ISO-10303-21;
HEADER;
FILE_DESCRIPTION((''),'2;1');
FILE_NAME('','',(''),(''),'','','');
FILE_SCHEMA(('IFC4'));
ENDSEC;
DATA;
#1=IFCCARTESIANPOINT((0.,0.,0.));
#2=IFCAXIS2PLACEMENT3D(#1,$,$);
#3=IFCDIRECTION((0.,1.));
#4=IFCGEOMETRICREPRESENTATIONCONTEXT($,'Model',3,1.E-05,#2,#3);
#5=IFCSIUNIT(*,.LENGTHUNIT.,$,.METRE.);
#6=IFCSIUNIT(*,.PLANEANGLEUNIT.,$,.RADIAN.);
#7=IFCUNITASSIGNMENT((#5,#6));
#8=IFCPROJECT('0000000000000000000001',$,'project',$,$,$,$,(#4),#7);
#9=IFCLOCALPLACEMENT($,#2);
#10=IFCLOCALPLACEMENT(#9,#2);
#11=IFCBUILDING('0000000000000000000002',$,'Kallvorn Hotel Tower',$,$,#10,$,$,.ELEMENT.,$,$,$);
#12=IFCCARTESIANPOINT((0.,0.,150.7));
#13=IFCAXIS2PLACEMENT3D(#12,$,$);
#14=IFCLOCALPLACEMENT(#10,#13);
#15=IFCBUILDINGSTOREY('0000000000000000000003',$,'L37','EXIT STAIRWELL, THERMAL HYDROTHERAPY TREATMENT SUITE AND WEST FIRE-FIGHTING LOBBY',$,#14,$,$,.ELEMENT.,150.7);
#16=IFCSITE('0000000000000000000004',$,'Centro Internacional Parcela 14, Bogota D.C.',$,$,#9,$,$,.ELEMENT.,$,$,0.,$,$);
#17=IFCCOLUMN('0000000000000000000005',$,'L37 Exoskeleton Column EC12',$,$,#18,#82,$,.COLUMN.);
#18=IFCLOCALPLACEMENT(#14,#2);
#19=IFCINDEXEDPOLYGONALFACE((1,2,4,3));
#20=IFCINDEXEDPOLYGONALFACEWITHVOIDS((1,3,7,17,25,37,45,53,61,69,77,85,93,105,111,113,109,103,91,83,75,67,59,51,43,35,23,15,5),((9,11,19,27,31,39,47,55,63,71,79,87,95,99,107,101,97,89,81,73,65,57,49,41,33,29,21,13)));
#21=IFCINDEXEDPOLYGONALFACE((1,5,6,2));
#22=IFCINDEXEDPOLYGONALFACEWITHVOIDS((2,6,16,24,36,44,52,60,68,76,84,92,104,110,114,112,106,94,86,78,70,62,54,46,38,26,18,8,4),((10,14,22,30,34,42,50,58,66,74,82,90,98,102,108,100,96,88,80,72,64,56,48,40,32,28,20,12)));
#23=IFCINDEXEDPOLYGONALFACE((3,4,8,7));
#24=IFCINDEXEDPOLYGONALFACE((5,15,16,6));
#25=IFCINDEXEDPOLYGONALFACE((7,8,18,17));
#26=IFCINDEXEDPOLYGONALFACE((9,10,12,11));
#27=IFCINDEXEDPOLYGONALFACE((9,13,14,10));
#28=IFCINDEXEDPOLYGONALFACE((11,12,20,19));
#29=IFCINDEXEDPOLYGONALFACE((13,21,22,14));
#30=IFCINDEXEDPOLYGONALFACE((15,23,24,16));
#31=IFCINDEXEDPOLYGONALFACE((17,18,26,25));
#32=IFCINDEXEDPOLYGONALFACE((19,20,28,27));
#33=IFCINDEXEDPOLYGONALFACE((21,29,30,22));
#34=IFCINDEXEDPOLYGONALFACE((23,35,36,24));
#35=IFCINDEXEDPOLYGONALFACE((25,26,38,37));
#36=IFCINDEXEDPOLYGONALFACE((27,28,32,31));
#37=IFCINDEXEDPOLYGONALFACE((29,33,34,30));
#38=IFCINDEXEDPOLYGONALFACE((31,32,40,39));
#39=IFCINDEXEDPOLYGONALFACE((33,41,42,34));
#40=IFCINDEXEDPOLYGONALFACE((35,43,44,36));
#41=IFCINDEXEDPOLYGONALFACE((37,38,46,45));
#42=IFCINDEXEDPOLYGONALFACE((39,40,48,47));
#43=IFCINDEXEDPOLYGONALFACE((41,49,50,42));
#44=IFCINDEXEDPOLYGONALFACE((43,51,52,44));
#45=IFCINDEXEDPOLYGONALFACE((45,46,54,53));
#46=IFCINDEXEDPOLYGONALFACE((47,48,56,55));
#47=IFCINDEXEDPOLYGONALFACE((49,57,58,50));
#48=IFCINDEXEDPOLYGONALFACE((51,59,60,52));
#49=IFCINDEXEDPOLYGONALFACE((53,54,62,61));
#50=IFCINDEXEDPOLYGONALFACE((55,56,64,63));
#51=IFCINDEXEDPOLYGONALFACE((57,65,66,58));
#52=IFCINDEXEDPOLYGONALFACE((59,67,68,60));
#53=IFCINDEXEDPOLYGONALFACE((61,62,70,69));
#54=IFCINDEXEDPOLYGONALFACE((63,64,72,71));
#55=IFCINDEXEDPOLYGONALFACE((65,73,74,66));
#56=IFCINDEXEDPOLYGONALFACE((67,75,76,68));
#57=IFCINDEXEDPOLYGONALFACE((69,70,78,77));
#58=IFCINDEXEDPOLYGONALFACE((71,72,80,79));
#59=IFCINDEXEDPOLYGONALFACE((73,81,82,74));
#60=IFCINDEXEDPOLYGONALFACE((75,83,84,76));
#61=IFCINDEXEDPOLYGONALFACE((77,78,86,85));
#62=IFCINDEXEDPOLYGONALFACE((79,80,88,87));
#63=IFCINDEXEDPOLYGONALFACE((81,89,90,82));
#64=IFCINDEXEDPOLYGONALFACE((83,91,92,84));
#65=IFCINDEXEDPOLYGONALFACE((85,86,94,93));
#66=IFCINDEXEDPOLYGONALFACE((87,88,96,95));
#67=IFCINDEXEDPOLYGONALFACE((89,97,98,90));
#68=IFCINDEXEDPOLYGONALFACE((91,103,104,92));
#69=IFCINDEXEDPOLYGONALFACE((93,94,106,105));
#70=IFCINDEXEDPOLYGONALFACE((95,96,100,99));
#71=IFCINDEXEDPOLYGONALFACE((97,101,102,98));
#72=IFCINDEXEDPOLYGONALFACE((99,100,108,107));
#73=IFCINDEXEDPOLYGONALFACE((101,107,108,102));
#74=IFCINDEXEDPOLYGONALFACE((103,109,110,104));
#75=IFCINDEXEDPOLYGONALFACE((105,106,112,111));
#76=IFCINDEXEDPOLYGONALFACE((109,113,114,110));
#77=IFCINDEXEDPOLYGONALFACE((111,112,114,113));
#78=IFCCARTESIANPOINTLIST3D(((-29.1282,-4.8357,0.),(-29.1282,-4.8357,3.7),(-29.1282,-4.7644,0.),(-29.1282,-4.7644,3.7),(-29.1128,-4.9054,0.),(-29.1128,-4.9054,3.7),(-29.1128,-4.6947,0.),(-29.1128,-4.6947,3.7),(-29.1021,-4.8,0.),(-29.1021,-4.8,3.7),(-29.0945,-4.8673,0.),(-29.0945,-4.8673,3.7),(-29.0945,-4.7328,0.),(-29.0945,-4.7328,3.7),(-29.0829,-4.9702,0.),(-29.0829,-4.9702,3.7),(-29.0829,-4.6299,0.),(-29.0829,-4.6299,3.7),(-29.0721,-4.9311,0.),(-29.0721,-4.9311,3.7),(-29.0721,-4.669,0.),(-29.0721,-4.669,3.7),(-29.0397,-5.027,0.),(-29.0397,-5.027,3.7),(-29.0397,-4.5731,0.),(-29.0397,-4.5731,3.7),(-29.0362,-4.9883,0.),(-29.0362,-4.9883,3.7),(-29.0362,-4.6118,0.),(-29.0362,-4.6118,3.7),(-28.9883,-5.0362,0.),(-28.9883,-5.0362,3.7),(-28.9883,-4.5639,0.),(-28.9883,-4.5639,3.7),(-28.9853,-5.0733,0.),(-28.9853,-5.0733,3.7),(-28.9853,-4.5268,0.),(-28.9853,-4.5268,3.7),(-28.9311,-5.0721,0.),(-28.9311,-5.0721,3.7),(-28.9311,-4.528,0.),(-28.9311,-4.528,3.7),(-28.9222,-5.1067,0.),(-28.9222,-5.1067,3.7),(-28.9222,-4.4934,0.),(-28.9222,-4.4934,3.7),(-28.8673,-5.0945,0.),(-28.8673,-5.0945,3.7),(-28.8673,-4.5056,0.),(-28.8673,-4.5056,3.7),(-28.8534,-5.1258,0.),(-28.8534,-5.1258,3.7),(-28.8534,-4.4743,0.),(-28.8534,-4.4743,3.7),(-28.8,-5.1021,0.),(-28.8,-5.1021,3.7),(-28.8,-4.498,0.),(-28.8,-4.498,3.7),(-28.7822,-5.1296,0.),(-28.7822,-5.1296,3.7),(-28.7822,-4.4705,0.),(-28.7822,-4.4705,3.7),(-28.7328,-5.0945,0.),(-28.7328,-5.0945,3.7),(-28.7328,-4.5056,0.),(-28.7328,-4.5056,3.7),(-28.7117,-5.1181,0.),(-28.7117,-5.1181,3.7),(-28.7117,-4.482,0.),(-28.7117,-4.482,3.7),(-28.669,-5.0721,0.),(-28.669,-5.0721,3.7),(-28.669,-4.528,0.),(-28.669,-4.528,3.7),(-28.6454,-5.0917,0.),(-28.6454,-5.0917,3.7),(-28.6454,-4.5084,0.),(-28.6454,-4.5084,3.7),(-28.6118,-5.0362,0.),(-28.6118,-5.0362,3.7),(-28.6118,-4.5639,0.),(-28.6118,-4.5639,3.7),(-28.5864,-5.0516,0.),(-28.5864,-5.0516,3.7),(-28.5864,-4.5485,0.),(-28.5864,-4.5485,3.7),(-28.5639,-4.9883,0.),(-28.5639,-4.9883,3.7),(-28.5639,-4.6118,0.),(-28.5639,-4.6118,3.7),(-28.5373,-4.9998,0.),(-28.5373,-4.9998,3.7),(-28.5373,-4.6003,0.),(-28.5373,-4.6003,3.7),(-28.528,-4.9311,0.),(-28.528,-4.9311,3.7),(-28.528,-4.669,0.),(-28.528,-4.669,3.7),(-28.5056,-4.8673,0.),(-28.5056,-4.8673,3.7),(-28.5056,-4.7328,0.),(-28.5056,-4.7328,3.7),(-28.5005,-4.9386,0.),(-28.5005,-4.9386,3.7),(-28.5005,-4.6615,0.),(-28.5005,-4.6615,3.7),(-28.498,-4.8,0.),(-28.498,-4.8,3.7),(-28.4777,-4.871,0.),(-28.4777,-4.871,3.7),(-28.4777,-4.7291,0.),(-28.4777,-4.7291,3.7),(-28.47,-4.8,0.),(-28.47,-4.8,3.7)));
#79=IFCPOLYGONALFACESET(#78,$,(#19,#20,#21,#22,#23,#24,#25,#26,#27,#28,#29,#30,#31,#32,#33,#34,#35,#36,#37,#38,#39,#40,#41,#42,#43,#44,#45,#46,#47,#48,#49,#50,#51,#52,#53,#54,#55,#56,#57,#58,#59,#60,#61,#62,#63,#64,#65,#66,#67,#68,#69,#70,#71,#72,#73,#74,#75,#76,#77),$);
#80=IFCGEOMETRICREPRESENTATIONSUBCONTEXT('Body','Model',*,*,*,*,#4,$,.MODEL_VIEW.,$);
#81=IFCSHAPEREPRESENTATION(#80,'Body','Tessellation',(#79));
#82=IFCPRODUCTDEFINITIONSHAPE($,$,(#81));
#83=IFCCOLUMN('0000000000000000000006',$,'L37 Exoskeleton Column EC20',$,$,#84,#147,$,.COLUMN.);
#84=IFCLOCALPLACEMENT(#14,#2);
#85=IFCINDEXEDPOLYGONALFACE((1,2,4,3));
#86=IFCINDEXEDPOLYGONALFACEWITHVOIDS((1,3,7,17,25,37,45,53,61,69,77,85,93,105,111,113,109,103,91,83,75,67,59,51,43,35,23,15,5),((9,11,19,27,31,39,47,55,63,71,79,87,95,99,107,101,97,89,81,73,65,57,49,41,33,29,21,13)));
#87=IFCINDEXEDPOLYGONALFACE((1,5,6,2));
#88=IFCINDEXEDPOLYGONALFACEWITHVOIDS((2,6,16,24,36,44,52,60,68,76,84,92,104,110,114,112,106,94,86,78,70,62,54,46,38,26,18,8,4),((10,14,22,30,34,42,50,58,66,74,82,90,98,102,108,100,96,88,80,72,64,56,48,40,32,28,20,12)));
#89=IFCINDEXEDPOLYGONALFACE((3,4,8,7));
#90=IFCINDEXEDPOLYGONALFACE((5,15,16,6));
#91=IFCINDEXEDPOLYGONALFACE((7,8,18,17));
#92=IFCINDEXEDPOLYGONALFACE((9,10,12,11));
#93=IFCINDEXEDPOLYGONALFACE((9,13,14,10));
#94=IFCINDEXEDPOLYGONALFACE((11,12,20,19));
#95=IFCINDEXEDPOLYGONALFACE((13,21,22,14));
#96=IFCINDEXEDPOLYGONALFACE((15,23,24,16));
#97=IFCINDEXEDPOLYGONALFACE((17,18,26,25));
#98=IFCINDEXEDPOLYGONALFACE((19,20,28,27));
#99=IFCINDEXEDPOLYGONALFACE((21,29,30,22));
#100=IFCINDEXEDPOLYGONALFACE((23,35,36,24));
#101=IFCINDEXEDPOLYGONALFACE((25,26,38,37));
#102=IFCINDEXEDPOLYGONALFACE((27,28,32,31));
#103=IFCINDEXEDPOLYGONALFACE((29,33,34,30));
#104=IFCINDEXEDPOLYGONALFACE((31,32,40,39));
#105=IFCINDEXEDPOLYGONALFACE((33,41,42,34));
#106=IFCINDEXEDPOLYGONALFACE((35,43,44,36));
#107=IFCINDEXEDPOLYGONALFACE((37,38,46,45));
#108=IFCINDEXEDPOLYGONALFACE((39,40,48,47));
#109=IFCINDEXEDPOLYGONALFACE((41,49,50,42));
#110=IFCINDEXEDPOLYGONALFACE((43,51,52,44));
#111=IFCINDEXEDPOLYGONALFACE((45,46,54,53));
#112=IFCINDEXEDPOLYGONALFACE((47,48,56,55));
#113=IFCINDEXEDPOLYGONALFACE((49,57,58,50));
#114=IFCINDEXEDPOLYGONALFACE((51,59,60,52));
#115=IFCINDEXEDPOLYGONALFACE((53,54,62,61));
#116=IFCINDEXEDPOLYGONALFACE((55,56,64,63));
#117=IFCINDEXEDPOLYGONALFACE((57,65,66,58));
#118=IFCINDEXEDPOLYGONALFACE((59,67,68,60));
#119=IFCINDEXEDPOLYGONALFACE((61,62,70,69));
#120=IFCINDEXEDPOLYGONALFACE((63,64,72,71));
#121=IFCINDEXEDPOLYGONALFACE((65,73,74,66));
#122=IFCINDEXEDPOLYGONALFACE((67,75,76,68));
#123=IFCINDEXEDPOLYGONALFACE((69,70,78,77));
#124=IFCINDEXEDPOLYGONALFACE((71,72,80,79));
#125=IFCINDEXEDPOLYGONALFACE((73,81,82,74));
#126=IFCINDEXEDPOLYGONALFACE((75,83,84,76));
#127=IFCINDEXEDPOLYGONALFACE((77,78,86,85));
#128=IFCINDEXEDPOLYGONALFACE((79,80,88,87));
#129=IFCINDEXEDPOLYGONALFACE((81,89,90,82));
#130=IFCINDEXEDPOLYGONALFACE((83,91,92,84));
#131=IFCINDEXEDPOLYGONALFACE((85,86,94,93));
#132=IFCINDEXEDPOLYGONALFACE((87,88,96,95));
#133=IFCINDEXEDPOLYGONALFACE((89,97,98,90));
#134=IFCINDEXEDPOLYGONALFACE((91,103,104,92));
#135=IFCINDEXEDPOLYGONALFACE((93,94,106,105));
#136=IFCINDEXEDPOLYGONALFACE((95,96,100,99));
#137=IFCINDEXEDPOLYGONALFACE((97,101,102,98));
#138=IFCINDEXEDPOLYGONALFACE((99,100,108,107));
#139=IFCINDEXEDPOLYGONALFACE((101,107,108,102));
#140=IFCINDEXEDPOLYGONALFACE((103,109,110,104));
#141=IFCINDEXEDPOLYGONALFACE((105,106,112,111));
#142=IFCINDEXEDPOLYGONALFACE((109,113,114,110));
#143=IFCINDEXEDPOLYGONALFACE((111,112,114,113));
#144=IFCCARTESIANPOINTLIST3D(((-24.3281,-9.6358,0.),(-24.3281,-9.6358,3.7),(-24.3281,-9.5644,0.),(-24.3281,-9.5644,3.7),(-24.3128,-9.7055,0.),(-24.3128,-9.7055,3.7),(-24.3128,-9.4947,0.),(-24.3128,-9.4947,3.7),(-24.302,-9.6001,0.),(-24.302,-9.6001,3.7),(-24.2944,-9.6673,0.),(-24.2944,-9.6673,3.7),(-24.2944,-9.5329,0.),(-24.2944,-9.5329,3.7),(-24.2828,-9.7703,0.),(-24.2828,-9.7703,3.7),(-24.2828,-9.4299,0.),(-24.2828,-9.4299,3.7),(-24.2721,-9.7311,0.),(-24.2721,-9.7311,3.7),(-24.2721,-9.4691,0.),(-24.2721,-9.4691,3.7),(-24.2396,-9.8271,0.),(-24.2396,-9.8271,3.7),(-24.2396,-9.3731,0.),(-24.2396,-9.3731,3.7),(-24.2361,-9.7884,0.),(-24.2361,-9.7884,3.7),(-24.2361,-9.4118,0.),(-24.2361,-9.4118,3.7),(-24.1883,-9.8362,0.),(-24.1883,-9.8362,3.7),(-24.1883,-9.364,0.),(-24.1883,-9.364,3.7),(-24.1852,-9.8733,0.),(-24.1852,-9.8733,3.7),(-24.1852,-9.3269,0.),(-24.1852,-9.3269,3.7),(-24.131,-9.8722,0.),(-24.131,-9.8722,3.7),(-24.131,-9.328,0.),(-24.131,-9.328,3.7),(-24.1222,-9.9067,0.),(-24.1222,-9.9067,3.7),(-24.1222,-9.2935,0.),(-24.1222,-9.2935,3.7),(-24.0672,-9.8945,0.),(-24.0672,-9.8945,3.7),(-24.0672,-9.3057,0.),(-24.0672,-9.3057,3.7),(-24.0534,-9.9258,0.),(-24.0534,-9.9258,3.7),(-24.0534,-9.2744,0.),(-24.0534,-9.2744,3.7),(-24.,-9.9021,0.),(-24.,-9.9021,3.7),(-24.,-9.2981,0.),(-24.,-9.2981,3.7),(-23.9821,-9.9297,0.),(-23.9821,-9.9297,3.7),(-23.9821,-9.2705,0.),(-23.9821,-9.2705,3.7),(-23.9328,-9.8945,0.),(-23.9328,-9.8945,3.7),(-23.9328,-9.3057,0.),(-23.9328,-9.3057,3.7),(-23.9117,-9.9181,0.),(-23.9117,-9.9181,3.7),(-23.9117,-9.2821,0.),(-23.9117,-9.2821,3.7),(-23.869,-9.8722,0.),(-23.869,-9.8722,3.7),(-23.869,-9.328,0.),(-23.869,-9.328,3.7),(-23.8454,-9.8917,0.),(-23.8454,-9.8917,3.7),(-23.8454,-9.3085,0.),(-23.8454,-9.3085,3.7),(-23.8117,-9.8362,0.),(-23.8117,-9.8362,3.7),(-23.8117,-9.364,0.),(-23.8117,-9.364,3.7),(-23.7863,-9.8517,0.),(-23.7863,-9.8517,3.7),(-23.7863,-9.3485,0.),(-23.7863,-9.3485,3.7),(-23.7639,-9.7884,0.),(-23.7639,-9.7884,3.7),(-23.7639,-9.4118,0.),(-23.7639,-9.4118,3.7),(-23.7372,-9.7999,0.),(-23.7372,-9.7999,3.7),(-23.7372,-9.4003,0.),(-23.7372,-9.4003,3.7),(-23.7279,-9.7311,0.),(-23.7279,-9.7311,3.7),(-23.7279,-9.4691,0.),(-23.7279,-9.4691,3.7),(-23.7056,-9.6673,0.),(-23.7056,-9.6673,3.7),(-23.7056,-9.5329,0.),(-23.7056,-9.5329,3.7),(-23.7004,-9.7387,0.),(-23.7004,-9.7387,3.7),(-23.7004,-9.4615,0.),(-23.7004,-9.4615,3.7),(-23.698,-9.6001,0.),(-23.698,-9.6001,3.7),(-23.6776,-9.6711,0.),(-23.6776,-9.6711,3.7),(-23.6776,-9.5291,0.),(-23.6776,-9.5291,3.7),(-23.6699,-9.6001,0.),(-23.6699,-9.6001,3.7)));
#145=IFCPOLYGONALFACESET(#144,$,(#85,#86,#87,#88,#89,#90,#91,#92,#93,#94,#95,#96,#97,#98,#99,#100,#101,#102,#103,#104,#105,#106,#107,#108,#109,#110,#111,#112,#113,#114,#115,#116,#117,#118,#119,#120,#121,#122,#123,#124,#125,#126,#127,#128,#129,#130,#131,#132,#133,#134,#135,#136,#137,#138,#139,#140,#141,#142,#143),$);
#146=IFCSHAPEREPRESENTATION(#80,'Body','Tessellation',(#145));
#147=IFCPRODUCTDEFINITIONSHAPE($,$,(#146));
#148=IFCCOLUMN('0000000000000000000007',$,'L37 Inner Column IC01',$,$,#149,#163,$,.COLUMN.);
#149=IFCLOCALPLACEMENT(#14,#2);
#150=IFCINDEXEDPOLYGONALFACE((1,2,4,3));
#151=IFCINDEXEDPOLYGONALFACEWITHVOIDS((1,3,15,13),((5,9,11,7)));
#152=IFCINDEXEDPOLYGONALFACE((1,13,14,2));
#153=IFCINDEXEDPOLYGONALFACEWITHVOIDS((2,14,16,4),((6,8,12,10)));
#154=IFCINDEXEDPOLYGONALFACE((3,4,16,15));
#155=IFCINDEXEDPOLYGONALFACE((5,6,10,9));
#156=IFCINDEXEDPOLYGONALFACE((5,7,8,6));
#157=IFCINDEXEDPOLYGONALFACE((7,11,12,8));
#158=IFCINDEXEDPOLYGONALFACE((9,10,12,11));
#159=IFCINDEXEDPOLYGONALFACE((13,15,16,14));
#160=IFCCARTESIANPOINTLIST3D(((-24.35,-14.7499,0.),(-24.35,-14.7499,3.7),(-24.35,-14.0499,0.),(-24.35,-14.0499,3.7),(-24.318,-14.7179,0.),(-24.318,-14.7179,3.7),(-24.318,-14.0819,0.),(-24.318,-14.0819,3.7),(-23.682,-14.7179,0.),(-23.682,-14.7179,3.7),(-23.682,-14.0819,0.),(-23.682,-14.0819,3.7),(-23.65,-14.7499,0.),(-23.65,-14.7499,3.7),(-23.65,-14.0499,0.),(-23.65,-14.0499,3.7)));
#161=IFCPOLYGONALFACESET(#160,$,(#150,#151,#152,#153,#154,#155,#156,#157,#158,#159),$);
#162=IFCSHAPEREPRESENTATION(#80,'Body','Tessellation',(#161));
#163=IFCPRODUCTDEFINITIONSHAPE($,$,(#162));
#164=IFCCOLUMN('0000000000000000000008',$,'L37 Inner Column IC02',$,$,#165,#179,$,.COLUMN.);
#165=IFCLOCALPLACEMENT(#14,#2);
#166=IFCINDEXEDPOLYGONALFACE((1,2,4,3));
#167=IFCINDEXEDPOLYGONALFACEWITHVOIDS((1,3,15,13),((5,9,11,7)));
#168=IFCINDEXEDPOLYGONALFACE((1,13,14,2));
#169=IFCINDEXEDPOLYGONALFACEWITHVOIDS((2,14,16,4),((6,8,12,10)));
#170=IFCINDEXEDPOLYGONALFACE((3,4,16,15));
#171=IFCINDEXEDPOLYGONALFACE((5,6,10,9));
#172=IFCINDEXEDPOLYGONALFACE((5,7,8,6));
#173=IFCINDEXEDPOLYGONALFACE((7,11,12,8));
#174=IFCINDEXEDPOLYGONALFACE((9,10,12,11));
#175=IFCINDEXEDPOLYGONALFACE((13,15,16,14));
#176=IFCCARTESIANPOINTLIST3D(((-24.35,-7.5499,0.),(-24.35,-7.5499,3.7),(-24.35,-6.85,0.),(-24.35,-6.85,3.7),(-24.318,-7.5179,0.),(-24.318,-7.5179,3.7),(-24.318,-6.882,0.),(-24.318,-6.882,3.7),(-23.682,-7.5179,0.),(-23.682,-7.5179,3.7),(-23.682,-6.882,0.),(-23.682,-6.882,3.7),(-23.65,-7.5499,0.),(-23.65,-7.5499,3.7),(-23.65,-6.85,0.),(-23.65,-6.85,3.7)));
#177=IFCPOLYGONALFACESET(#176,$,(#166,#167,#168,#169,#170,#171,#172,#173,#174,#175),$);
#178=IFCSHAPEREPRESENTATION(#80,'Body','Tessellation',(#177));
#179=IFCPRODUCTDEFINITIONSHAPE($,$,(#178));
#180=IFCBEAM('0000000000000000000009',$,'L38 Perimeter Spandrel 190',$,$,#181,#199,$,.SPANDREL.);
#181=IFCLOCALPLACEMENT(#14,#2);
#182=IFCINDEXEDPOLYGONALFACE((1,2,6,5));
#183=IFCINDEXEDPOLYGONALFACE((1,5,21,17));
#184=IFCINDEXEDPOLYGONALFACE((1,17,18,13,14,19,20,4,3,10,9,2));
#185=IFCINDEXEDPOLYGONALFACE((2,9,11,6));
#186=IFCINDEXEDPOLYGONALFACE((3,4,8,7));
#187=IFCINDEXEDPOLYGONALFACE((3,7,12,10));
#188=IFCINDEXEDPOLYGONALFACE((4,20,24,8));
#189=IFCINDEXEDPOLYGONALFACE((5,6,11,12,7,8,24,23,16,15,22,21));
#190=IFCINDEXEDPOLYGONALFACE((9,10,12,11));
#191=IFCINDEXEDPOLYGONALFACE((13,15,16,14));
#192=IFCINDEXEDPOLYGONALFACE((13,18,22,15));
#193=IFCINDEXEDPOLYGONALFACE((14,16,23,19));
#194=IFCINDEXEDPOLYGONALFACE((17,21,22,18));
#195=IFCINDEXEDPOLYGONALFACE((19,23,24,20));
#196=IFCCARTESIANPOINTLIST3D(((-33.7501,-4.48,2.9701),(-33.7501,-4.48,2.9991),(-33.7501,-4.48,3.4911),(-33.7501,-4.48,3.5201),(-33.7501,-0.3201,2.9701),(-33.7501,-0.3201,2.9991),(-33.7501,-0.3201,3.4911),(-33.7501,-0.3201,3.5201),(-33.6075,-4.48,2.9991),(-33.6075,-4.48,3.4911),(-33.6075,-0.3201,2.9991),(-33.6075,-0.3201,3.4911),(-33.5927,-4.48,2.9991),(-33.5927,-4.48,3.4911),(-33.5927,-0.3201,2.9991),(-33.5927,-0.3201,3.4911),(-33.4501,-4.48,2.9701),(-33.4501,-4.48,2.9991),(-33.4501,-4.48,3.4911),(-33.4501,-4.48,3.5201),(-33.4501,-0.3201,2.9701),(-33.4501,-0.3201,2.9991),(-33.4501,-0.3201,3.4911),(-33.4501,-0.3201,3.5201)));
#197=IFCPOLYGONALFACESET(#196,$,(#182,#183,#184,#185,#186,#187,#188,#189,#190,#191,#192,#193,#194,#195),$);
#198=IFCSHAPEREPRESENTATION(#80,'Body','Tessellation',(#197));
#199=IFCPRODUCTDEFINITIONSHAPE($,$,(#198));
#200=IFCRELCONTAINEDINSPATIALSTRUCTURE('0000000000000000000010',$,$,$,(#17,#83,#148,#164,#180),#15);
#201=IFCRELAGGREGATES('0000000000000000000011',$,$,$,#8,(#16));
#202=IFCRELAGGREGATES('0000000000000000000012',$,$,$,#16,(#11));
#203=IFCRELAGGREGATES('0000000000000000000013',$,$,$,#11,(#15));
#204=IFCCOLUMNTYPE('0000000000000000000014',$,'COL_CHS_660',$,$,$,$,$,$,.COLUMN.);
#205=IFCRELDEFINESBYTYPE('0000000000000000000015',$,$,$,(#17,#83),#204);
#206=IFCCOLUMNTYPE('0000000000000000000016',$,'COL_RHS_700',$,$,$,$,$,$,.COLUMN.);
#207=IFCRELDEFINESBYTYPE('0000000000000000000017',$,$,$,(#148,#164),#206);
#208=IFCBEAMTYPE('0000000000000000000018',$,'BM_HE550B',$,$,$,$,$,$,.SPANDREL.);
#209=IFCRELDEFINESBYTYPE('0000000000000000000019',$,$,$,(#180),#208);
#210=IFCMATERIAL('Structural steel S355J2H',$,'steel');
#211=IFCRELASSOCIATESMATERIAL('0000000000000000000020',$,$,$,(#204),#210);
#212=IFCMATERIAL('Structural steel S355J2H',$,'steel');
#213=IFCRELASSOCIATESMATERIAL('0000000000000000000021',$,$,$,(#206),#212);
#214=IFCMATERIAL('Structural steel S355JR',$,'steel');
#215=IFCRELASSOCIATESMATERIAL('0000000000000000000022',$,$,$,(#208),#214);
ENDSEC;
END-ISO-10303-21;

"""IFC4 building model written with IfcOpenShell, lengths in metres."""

from ifc_helpers import new_model, si_unit, direction, frame, origin, origin_2d, place, context, subcontext, project, spatial, hollow_rectangle, hollow_circle, i_section, extrude, material, material_profile, profile_set, type_object, element, save


model = new_model("IFC4")

# Units and contexts
model_context = context("Model", 3, precision=1e-05, world=origin(), true_north=direction((0.0, 1.0)))
body_context = subcontext(model_context, "Body", "Model", "MODEL_VIEW")
ifc_project = project(units=[si_unit("LENGTHUNIT", "METRE"), si_unit("PLANEANGLEUNIT", "RADIAN")], contexts=[model_context])

# Site, building, storey
site_placement = place(None, origin())
site = spatial("IfcSite", under=ifc_project, at=site_placement, Name="Centro Internacional Parcela 14, Bogota D.C.", CompositionType="ELEMENT", RefElevation=0.0)
building_placement = place(site_placement, origin())
building = spatial("IfcBuilding", under=site, at=building_placement, Name="Kallvorn Hotel Tower", CompositionType="ELEMENT")
storey_placement = place(building_placement, frame((0.0, 0.0, 150.7)))
storey = spatial("IfcBuildingStorey", under=building, at=storey_placement, Name="L37", Description="EXIT STAIRWELL, THERMAL HYDROTHERAPY TREATMENT SUITE AND WEST FIRE-FIGHTING LOBBY", CompositionType="ELEMENT", Elevation=150.7)

# Columns
ifc_material_1 = material(Name="Structural steel S355J2H", Category="steel")
ifc_material_profile_1 = material_profile(ifc_material_1, hollow_circle(Radius=0.3301, WallThickness=0.0281, at=origin_2d()), Name="CHS 660x28")
ifc_profile_set_1 = profile_set([ifc_material_profile_1], Name="Structural steel S355J2H")
column_type_1 = type_object("IfcColumnType", Name="COL_CHS_660", PredefinedType="COLUMN", material=ifc_profile_set_1)
for number, where, z_axis, x_axis, name in (
    (1, (-28.8, -4.8, 0.0), (0.0, 0.0, 1.0), (1.0, 0.0, 0.0), "L37 Exoskeleton Column EC12"),
    (2, (-24.0, -9.6001, 0.0), (0.0, 0.0, 1.0), (1.0, 0.0, 0.0), "L37 Exoskeleton Column EC20"),
):
    element("IfcColumn", number, at=place(storey_placement, frame(where, z_axis=z_axis, x_axis=x_axis)), inside=storey, type_object=column_type_1, Name=name, PredefinedType="COLUMN", context=body_context, shape_type="SweptSolid", body=[
        extrude(hollow_circle(Radius=0.3301, WallThickness=0.0281, at=origin_2d()), origin(), (0.0, 0.0, 1.0), 3.7),
    ])
ifc_material_2 = material(Name="Structural steel S355J2H", Category="steel")
ifc_material_profile_2 = material_profile(ifc_material_2, hollow_rectangle(XDim=0.7, YDim=0.7, WallThickness=0.032, at=origin_2d()), Name="RHS 700x700x32")
ifc_profile_set_2 = profile_set([ifc_material_profile_2], Name="Structural steel S355J2H")
column_type_2 = type_object("IfcColumnType", Name="COL_RHS_700", PredefinedType="COLUMN", material=ifc_profile_set_2)
for number, where, z_axis, x_axis, name in (
    (3, (-24.0, -14.3999, 0.0), (0.0, 0.0, 1.0), (1.0, 0.0, 0.0), "L37 Inner Column IC01"),
    (4, (-24.0, -7.2, 0.0), (0.0, 0.0, 1.0), (1.0, 0.0, 0.0), "L37 Inner Column IC02"),
):
    element("IfcColumn", number, at=place(storey_placement, frame(where, z_axis=z_axis, x_axis=x_axis)), inside=storey, type_object=column_type_2, Name=name, PredefinedType="COLUMN", context=body_context, shape_type="SweptSolid", body=[
        extrude(hollow_rectangle(XDim=0.7, YDim=0.7, WallThickness=0.032, at=origin_2d()), origin(), (0.0, 0.0, 1.0), 3.7),
    ])

# Beam
ifc_material_3 = material(Name="Structural steel S355JR", Category="steel")
ifc_material_profile_3 = material_profile(ifc_material_3, i_section(OverallWidth=0.3, OverallDepth=0.55, WebThickness=0.0149, FlangeThickness=0.0291, at=origin_2d()), Name="HE 550 B")
ifc_profile_set_3 = profile_set([ifc_material_profile_3], Name="Structural steel S355JR")
beam_type_1 = type_object("IfcBeamType", Name="BM_HE550B", PredefinedType="SPANDREL", material=ifc_profile_set_3)
beam_1_placement = place(storey_placement, frame((-33.6001, -4.48, 3.2451), z_axis=(0.0, 1.0, 0.0), x_axis=(-1.0, 0.0, 0.0)))
element("IfcBeam", 5, at=beam_1_placement, inside=storey, type_object=beam_type_1, Name="L38 Perimeter Spandrel 190", PredefinedType="SPANDREL", context=body_context, shape_type="SweptSolid", body=[
    extrude(i_section(OverallWidth=0.3, OverallDepth=0.55, WebThickness=0.0149, FlangeThickness=0.0291, at=origin_2d()), origin(), (0.0, 0.0, 1.0), 4.1599),
])

save(model, "model.ifc")
